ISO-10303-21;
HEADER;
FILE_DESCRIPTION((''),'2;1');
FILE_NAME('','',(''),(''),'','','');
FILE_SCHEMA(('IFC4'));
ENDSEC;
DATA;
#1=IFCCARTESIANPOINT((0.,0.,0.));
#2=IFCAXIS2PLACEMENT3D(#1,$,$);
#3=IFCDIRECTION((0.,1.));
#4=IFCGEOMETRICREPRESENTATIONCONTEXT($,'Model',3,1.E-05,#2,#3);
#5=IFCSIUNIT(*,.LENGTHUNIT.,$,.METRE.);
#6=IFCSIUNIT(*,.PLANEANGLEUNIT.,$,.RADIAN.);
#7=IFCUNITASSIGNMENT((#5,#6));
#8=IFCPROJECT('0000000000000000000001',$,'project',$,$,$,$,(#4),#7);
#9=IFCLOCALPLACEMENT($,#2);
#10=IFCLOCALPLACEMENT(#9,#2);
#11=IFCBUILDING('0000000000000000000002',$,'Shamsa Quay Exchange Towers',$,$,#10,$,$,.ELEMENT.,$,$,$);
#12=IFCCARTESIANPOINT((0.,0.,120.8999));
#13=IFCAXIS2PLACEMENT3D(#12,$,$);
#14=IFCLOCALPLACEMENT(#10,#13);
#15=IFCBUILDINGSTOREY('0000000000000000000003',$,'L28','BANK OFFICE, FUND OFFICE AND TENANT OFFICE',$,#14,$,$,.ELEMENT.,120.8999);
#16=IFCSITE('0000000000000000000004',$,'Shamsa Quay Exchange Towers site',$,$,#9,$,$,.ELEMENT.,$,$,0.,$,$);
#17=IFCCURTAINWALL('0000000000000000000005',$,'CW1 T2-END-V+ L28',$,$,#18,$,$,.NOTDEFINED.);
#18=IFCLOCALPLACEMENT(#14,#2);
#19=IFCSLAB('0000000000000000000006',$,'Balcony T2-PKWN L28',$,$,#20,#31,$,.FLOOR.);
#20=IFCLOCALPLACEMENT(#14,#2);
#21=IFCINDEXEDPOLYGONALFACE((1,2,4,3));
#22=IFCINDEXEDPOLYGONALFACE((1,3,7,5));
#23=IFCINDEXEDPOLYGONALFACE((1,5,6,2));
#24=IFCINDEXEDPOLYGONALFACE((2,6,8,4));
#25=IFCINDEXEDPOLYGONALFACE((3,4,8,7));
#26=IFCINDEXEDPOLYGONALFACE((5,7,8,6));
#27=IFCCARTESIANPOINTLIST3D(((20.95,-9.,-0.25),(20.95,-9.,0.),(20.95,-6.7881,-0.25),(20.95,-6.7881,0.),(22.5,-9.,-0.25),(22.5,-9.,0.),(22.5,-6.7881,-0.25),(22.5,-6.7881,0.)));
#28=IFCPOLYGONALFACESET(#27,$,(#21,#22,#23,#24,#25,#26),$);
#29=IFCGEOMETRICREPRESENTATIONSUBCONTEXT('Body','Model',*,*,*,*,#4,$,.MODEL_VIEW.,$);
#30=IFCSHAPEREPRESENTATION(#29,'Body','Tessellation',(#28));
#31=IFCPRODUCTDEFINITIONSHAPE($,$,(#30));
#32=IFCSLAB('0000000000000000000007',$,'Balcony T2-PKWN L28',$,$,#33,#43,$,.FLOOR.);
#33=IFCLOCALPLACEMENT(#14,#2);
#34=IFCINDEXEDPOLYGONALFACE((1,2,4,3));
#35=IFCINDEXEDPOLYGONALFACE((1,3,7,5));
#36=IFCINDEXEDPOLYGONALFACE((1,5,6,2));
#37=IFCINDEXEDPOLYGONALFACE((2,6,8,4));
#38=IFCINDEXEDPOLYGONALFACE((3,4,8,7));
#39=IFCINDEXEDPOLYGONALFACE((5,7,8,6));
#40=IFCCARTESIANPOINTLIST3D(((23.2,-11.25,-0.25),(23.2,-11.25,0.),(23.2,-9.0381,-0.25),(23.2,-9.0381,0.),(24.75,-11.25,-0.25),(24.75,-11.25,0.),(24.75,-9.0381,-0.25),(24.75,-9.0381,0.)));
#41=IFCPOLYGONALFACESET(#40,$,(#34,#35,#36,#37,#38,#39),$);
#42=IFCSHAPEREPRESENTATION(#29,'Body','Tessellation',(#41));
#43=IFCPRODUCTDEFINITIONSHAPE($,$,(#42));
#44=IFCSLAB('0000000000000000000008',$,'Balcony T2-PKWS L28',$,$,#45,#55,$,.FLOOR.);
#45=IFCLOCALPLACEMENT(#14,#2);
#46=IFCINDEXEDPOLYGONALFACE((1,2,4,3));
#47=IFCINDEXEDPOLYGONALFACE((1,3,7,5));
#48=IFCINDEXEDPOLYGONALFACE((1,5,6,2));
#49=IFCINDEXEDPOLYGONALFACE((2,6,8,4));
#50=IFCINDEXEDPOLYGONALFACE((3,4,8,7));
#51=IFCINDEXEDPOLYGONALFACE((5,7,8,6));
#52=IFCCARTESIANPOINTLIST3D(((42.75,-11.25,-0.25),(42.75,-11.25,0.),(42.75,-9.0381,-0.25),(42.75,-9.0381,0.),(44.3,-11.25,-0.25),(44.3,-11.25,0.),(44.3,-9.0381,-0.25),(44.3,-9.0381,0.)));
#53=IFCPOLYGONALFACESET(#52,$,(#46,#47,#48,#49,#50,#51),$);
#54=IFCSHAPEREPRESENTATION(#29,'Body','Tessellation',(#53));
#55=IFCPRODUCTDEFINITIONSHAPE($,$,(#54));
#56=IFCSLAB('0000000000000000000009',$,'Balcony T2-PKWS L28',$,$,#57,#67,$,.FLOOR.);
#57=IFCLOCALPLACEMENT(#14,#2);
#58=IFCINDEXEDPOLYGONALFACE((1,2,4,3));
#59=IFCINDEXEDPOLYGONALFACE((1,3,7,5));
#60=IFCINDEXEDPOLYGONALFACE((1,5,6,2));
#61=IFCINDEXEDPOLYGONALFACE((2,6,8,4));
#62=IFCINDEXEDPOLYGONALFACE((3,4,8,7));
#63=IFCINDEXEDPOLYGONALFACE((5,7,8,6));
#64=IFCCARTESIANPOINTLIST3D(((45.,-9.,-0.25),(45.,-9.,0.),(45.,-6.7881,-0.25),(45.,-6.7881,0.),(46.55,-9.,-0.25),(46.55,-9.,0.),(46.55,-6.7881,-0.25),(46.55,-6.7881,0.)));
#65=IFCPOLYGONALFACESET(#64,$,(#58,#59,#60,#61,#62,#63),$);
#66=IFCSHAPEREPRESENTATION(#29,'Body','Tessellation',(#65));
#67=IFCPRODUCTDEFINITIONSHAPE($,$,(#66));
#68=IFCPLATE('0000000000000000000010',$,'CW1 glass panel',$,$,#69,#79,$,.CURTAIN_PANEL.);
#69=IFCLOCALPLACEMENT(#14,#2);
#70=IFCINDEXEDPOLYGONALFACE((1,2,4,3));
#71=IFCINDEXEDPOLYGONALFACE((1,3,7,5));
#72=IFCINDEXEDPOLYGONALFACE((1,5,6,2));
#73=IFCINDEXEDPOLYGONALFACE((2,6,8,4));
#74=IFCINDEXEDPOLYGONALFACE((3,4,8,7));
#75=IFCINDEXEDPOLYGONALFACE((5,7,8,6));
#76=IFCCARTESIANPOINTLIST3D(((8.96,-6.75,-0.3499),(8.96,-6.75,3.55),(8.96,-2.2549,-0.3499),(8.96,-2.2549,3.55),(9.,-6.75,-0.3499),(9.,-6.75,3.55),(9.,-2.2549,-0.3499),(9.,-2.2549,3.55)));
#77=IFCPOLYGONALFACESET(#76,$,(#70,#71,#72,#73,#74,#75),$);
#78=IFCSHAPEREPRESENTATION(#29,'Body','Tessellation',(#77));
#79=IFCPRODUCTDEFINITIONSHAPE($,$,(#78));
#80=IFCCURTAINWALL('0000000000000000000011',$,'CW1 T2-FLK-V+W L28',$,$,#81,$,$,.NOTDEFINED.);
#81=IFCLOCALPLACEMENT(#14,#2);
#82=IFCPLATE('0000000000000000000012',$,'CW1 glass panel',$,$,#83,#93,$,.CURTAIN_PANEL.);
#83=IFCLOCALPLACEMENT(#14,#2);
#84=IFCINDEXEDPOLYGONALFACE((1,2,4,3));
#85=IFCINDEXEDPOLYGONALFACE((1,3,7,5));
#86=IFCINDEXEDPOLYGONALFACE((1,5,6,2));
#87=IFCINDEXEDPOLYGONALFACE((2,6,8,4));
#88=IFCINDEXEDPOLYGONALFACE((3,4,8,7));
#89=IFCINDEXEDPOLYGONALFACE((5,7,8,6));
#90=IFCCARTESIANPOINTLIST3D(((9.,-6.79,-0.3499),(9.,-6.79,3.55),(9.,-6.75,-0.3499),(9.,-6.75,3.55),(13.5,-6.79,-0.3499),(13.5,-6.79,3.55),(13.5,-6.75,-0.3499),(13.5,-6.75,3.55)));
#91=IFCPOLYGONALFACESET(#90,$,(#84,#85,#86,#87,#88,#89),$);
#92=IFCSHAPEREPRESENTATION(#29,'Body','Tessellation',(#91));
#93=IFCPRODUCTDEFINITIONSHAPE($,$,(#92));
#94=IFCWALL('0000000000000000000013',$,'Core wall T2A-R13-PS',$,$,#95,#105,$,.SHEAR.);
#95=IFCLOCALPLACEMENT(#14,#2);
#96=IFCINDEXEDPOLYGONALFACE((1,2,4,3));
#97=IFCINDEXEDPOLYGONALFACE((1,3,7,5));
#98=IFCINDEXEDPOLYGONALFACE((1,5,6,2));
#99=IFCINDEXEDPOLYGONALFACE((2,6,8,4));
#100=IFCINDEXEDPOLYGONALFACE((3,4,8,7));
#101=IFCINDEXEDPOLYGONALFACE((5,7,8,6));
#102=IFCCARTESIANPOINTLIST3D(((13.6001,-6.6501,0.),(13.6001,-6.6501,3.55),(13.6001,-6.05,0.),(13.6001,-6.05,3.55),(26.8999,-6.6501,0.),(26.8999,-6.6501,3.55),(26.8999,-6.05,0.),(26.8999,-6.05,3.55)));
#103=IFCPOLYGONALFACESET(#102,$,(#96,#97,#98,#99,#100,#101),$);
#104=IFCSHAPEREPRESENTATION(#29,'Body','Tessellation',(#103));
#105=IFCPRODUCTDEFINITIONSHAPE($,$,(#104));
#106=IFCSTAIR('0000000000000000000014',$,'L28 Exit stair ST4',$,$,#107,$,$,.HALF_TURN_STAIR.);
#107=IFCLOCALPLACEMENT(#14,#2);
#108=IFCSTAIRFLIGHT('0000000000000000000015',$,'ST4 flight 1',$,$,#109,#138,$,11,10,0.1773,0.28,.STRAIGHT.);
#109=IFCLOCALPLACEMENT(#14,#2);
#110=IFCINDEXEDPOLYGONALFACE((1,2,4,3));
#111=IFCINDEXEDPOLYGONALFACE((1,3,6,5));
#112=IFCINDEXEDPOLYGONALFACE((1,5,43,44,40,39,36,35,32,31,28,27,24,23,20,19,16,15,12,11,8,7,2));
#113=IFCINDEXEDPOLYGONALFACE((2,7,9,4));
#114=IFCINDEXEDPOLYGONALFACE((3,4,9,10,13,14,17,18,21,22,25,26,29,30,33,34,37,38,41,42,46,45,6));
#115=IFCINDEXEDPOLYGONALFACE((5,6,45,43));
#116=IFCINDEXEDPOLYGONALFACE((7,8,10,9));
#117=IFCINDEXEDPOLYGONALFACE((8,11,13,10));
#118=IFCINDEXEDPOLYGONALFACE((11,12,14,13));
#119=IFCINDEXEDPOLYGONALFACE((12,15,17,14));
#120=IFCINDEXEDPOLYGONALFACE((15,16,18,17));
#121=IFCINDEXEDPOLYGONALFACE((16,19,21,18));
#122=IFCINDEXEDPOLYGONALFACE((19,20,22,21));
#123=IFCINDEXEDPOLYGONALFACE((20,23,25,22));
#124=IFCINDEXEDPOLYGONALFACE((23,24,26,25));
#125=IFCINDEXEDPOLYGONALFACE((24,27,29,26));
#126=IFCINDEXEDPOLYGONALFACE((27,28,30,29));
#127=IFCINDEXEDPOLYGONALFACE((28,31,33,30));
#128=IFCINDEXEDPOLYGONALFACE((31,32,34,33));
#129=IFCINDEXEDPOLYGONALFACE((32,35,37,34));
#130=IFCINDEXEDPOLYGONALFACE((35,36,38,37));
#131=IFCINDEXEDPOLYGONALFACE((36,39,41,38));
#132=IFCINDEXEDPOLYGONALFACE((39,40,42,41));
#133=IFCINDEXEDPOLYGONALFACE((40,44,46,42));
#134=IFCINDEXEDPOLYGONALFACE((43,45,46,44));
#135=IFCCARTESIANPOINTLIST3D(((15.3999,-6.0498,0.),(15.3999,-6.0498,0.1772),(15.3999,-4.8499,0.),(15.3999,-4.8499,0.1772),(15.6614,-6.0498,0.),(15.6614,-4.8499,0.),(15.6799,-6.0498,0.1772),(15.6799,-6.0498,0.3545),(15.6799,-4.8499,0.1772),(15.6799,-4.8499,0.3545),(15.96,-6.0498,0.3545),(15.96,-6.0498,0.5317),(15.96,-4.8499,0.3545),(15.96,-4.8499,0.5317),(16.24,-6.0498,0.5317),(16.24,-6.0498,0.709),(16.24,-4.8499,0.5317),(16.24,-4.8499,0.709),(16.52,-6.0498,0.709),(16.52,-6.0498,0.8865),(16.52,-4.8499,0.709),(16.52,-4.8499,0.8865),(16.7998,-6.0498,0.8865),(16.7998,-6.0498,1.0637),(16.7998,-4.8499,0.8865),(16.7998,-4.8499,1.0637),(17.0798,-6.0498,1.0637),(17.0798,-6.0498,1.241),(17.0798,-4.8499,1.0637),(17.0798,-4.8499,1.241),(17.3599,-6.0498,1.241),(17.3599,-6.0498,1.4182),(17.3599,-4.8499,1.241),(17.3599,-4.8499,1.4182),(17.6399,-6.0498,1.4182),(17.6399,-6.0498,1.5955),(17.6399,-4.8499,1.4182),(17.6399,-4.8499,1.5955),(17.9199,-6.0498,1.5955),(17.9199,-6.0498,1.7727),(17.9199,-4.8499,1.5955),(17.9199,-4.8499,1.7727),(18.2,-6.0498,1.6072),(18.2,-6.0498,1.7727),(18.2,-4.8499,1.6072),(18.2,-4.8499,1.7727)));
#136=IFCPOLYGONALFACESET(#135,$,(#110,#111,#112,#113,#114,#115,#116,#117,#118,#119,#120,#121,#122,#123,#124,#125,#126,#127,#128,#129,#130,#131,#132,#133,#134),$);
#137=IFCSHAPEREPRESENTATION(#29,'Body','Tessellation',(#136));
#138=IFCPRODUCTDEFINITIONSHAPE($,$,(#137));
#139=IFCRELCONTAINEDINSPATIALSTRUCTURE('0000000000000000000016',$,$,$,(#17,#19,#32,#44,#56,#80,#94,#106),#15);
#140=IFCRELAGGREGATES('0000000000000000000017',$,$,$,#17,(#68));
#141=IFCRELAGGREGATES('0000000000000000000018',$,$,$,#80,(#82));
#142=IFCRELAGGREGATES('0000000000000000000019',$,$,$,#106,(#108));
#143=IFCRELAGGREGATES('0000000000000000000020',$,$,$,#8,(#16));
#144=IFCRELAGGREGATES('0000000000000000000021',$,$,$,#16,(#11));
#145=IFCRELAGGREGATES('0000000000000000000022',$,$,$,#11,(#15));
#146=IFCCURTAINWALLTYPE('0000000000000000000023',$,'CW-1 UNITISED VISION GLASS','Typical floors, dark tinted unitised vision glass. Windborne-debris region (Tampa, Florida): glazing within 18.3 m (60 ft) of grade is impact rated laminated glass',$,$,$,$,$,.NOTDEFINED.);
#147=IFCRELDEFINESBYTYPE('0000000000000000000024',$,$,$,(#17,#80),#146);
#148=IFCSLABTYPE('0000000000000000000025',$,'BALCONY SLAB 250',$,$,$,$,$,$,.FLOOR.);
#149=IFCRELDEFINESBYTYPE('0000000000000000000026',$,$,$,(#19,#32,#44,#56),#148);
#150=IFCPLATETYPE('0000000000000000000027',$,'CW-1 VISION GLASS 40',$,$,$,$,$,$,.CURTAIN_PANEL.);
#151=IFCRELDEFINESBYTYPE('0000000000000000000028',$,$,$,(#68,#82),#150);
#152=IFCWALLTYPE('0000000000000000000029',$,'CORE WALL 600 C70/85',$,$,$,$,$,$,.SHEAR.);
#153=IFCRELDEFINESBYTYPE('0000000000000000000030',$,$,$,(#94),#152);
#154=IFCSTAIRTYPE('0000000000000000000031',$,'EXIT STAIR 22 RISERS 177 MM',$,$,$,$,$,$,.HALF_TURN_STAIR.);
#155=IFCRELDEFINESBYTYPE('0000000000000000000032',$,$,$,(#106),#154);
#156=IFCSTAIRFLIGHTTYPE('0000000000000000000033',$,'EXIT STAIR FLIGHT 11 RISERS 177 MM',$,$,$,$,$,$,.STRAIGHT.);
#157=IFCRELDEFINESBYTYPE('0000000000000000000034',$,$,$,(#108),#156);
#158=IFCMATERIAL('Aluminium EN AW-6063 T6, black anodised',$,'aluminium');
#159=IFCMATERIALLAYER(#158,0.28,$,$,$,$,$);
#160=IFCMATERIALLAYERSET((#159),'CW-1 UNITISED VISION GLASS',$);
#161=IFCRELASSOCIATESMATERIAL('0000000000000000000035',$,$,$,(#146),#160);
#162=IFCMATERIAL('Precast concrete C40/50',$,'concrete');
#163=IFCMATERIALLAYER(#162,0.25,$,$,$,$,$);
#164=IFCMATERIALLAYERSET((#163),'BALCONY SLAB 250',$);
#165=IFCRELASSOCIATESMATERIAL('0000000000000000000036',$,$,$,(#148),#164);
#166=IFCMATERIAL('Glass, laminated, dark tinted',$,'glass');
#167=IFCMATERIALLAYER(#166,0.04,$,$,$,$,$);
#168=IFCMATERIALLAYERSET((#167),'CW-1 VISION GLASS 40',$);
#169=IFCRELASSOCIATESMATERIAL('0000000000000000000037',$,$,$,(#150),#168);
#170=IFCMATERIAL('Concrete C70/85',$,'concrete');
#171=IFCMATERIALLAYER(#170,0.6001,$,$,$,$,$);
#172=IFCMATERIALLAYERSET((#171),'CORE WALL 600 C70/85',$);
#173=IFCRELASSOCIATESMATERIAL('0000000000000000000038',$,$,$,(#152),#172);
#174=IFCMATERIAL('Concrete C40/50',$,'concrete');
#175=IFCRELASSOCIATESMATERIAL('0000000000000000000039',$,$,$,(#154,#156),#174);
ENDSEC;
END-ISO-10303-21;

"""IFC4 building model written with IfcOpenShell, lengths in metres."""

from ifc_helpers import new_model, si_unit, direction, frame, frame_2d, origin, origin_2d, place, context, subcontext, project, spatial, polyline, rectangle, outline, extrude, material, layer, layer_set, type_object, element, aggregate, save


model = new_model("IFC4")

# Units and contexts
model_context = context("Model", 3, precision=1e-05, world=origin(), true_north=direction((0.0, 1.0)))
body_context = subcontext(model_context, "Body", "Model", "MODEL_VIEW")
ifc_project = project(units=[si_unit("LENGTHUNIT", "METRE"), si_unit("PLANEANGLEUNIT", "RADIAN")], contexts=[model_context])

# Site, building, storey
site_placement = place(None, origin())
site = spatial("IfcSite", under=ifc_project, at=site_placement, Name="Shamsa Quay Exchange Towers site", CompositionType="ELEMENT", RefElevation=0.0)
building_placement = place(site_placement, origin())
building = spatial("IfcBuilding", under=site, at=building_placement, Name="Shamsa Quay Exchange Towers", CompositionType="ELEMENT")
storey_placement = place(building_placement, frame((0.0, 0.0, 120.8999)))
storey = spatial("IfcBuildingStorey", under=building, at=storey_placement, Name="L28", Description="BANK OFFICE, FUND OFFICE AND TENANT OFFICE", CompositionType="ELEMENT", Elevation=120.8999)

# Curtain wall
ifc_material_1 = material(Name="Aluminium EN AW-6063 T6, black anodised", Category="aluminium")
ifc_layer_1 = layer(ifc_material_1, 0.28)
ifc_layer_set_1 = layer_set([ifc_layer_1], Name="CW-1 UNITISED VISION GLASS")
curtain_wall_type = type_object("IfcCurtainWallType", Name="CW-1 UNITISED VISION GLASS", Description="Typical floors, dark tinted unitised vision glass. Windborne-debris region (Tampa, Florida): glazing within 18.3 m (60 ft) of grade is impact rated laminated glass", PredefinedType="NOTDEFINED", material=ifc_layer_set_1)
curtain_wall_1_placement = place(storey_placement, origin())
curtain_wall_1 = element("IfcCurtainWall", 1, at=curtain_wall_1_placement, inside=storey, type_object=curtain_wall_type, Name="CW1 T2-END-V+ L28", PredefinedType="NOTDEFINED")

# Slabs
ifc_material_2 = material(Name="Precast concrete C40/50", Category="concrete")
ifc_layer_2 = layer(ifc_material_2, 0.25)
ifc_layer_set_2 = layer_set([ifc_layer_2], Name="BALCONY SLAB 250")
slab_type = type_object("IfcSlabType", Name="BALCONY SLAB 250", PredefinedType="FLOOR", material=ifc_layer_set_2)
slab_1_placement = place(storey_placement, frame((0.0, 0.0, -0.25)))
element("IfcSlab", 2, at=slab_1_placement, inside=storey, type_object=slab_type, Name="Balcony T2-PKWN L28", PredefinedType="FLOOR", context=body_context, shape_type="SweptSolid", body=[
    extrude(outline(polyline([(22.5, -6.7881), (22.5, -9.0), (20.95, -9.0), (20.95, -6.7881), (22.5, -6.7881)])), origin(), (0.0, 0.0, 1.0), 0.25),
])
slab_2_placement = place(storey_placement, frame((0.0, 0.0, -0.25)))
element("IfcSlab", 3, at=slab_2_placement, inside=storey, type_object=slab_type, Name="Balcony T2-PKWN L28", PredefinedType="FLOOR", context=body_context, shape_type="SweptSolid", body=[
    extrude(outline(polyline([(24.75, -9.0381), (24.75, -11.25), (23.2, -11.25), (23.2, -9.0381), (24.75, -9.0381)])), origin(), (0.0, 0.0, 1.0), 0.25),
])
slab_3_placement = place(storey_placement, frame((0.0, 0.0, -0.25)))
element("IfcSlab", 4, at=slab_3_placement, inside=storey, type_object=slab_type, Name="Balcony T2-PKWS L28", PredefinedType="FLOOR", context=body_context, shape_type="SweptSolid", body=[
    extrude(outline(polyline([(42.75, -11.25), (42.75, -9.0381), (44.3, -9.0381), (44.3, -11.25), (42.75, -11.25)])), origin(), (0.0, 0.0, 1.0), 0.25),
])
slab_4_placement = place(storey_placement, frame((0.0, 0.0, -0.25)))
element("IfcSlab", 5, at=slab_4_placement, inside=storey, type_object=slab_type, Name="Balcony T2-PKWS L28", PredefinedType="FLOOR", context=body_context, shape_type="SweptSolid", body=[
    extrude(outline(polyline([(45.0, -9.0), (45.0, -6.7881), (46.55, -6.7881), (46.55, -9.0), (45.0, -9.0)])), origin(), (0.0, 0.0, 1.0), 0.25),
])

# Plate
ifc_material_3 = material(Name="Glass, laminated, dark tinted", Category="glass")
ifc_layer_3 = layer(ifc_material_3, 0.04)
ifc_layer_set_3 = layer_set([ifc_layer_3], Name="CW-1 VISION GLASS 40")
plate_type = type_object("IfcPlateType", Name="CW-1 VISION GLASS 40", PredefinedType="CURTAIN_PANEL", material=ifc_layer_set_3)
plate_1_placement = place(storey_placement, frame((8.98, -4.5024, -0.3499), z_axis=(0.0, 0.0, 1.0), x_axis=(0.0, -1.0, 0.0)))
plate_1 = element("IfcPlate", 6, at=plate_1_placement, type_object=plate_type, Name="CW1 glass panel", PredefinedType="CURTAIN_PANEL", context=body_context, shape_type="SweptSolid", body=[
    extrude(rectangle(XDim=4.4951, YDim=0.04, at=origin_2d()), origin(), (0.0, 0.0, 1.0), 3.8999),
])
aggregate(curtain_wall_1, [plate_1])

# Curtain wall, plate
curtain_wall_2_placement = place(storey_placement, origin())
curtain_wall_2 = element("IfcCurtainWall", 7, at=curtain_wall_2_placement, inside=storey, type_object=curtain_wall_type, Name="CW1 T2-FLK-V+W L28", PredefinedType="NOTDEFINED")
plate_2_placement = place(storey_placement, frame((11.25, -6.77, -0.3499)))
plate_2 = element("IfcPlate", 8, at=plate_2_placement, type_object=plate_type, Name="CW1 glass panel", PredefinedType="CURTAIN_PANEL", context=body_context, shape_type="SweptSolid", body=[
    extrude(rectangle(XDim=4.5, YDim=0.04, at=origin_2d()), origin(), (0.0, 0.0, 1.0), 3.8999),
])
aggregate(curtain_wall_2, [plate_2])

# Wall
ifc_material_4 = material(Name="Concrete C70/85", Category="concrete")
ifc_layer_4 = layer(ifc_material_4, 0.6001)
ifc_layer_set_4 = layer_set([ifc_layer_4], Name="CORE WALL 600 C70/85")
wall_type = type_object("IfcWallType", Name="CORE WALL 600 C70/85", PredefinedType="SHEAR", material=ifc_layer_set_4)
wall_placement = place(storey_placement, frame((13.6001, -6.3501, 0.0)))
element("IfcWall", 9, at=wall_placement, inside=storey, type_object=wall_type, Name="Core wall T2A-R13-PS", PredefinedType="SHEAR", context=body_context, shape_type="SweptSolid", body=[
    extrude(rectangle(XDim=13.2998, YDim=0.6001, at=frame_2d((6.6499, 0.0))), origin(), (0.0, 0.0, 1.0), 3.55),
])

# Stair, stair flight
ifc_material_5 = material(Name="Concrete C40/50", Category="concrete")
stair_type = type_object("IfcStairType", Name="EXIT STAIR 22 RISERS 177 MM", PredefinedType="HALF_TURN_STAIR", material=ifc_material_5)
stair_placement = place(storey_placement, origin())
stair = element("IfcStair", 10, at=stair_placement, inside=storey, type_object=stair_type, Name="L28 Exit stair ST4", PredefinedType="HALF_TURN_STAIR")
stair_flight_type = type_object("IfcStairFlightType", Name="EXIT STAIR FLIGHT 11 RISERS 177 MM", PredefinedType="STRAIGHT", material=ifc_material_5)
stair_flight_placement = place(storey_placement, frame((15.3999, -5.45, 0.0)))
stair_flight = element("IfcStairFlight", 11, at=stair_flight_placement, type_object=stair_flight_type, Name="ST4 flight 1", NumberOfRisers=11, NumberOfTreads=10, PredefinedType="STRAIGHT", RiserHeight=0.1773, TreadLength=0.28, context=body_context, shape_type="SweptSolid", body=[
    extrude(outline(polyline([(0.0, 0.0), (0.0, 0.1772), (0.28, 0.1772), (0.28, 0.3545), (0.5601, 0.3545), (0.5601, 0.5317), (0.8401, 0.5317), (0.8401, 0.709), (1.1201, 0.709), (1.1201, 0.8865), (1.3999, 0.8865), (1.3999, 1.0637), (1.6799, 1.0637), (1.6799, 1.241), (1.96, 1.241), (1.96, 1.4182), (2.24, 1.4182), (2.24, 1.5955), (2.52, 1.5955), (2.52, 1.7727), (2.8, 1.7727), (2.8, 1.95), (2.8, 1.6072), (0.2615, 0.0), (0.0, 0.0)])), frame((0.0, 0.6001, 0.0), z_axis=(0.0, -1.0, 0.0), x_axis=(1.0, 0.0, 0.0)), (0.0, 0.0, 1.0), 1.2),
])
aggregate(stair, [stair_flight])

save(model, "model.ifc")
